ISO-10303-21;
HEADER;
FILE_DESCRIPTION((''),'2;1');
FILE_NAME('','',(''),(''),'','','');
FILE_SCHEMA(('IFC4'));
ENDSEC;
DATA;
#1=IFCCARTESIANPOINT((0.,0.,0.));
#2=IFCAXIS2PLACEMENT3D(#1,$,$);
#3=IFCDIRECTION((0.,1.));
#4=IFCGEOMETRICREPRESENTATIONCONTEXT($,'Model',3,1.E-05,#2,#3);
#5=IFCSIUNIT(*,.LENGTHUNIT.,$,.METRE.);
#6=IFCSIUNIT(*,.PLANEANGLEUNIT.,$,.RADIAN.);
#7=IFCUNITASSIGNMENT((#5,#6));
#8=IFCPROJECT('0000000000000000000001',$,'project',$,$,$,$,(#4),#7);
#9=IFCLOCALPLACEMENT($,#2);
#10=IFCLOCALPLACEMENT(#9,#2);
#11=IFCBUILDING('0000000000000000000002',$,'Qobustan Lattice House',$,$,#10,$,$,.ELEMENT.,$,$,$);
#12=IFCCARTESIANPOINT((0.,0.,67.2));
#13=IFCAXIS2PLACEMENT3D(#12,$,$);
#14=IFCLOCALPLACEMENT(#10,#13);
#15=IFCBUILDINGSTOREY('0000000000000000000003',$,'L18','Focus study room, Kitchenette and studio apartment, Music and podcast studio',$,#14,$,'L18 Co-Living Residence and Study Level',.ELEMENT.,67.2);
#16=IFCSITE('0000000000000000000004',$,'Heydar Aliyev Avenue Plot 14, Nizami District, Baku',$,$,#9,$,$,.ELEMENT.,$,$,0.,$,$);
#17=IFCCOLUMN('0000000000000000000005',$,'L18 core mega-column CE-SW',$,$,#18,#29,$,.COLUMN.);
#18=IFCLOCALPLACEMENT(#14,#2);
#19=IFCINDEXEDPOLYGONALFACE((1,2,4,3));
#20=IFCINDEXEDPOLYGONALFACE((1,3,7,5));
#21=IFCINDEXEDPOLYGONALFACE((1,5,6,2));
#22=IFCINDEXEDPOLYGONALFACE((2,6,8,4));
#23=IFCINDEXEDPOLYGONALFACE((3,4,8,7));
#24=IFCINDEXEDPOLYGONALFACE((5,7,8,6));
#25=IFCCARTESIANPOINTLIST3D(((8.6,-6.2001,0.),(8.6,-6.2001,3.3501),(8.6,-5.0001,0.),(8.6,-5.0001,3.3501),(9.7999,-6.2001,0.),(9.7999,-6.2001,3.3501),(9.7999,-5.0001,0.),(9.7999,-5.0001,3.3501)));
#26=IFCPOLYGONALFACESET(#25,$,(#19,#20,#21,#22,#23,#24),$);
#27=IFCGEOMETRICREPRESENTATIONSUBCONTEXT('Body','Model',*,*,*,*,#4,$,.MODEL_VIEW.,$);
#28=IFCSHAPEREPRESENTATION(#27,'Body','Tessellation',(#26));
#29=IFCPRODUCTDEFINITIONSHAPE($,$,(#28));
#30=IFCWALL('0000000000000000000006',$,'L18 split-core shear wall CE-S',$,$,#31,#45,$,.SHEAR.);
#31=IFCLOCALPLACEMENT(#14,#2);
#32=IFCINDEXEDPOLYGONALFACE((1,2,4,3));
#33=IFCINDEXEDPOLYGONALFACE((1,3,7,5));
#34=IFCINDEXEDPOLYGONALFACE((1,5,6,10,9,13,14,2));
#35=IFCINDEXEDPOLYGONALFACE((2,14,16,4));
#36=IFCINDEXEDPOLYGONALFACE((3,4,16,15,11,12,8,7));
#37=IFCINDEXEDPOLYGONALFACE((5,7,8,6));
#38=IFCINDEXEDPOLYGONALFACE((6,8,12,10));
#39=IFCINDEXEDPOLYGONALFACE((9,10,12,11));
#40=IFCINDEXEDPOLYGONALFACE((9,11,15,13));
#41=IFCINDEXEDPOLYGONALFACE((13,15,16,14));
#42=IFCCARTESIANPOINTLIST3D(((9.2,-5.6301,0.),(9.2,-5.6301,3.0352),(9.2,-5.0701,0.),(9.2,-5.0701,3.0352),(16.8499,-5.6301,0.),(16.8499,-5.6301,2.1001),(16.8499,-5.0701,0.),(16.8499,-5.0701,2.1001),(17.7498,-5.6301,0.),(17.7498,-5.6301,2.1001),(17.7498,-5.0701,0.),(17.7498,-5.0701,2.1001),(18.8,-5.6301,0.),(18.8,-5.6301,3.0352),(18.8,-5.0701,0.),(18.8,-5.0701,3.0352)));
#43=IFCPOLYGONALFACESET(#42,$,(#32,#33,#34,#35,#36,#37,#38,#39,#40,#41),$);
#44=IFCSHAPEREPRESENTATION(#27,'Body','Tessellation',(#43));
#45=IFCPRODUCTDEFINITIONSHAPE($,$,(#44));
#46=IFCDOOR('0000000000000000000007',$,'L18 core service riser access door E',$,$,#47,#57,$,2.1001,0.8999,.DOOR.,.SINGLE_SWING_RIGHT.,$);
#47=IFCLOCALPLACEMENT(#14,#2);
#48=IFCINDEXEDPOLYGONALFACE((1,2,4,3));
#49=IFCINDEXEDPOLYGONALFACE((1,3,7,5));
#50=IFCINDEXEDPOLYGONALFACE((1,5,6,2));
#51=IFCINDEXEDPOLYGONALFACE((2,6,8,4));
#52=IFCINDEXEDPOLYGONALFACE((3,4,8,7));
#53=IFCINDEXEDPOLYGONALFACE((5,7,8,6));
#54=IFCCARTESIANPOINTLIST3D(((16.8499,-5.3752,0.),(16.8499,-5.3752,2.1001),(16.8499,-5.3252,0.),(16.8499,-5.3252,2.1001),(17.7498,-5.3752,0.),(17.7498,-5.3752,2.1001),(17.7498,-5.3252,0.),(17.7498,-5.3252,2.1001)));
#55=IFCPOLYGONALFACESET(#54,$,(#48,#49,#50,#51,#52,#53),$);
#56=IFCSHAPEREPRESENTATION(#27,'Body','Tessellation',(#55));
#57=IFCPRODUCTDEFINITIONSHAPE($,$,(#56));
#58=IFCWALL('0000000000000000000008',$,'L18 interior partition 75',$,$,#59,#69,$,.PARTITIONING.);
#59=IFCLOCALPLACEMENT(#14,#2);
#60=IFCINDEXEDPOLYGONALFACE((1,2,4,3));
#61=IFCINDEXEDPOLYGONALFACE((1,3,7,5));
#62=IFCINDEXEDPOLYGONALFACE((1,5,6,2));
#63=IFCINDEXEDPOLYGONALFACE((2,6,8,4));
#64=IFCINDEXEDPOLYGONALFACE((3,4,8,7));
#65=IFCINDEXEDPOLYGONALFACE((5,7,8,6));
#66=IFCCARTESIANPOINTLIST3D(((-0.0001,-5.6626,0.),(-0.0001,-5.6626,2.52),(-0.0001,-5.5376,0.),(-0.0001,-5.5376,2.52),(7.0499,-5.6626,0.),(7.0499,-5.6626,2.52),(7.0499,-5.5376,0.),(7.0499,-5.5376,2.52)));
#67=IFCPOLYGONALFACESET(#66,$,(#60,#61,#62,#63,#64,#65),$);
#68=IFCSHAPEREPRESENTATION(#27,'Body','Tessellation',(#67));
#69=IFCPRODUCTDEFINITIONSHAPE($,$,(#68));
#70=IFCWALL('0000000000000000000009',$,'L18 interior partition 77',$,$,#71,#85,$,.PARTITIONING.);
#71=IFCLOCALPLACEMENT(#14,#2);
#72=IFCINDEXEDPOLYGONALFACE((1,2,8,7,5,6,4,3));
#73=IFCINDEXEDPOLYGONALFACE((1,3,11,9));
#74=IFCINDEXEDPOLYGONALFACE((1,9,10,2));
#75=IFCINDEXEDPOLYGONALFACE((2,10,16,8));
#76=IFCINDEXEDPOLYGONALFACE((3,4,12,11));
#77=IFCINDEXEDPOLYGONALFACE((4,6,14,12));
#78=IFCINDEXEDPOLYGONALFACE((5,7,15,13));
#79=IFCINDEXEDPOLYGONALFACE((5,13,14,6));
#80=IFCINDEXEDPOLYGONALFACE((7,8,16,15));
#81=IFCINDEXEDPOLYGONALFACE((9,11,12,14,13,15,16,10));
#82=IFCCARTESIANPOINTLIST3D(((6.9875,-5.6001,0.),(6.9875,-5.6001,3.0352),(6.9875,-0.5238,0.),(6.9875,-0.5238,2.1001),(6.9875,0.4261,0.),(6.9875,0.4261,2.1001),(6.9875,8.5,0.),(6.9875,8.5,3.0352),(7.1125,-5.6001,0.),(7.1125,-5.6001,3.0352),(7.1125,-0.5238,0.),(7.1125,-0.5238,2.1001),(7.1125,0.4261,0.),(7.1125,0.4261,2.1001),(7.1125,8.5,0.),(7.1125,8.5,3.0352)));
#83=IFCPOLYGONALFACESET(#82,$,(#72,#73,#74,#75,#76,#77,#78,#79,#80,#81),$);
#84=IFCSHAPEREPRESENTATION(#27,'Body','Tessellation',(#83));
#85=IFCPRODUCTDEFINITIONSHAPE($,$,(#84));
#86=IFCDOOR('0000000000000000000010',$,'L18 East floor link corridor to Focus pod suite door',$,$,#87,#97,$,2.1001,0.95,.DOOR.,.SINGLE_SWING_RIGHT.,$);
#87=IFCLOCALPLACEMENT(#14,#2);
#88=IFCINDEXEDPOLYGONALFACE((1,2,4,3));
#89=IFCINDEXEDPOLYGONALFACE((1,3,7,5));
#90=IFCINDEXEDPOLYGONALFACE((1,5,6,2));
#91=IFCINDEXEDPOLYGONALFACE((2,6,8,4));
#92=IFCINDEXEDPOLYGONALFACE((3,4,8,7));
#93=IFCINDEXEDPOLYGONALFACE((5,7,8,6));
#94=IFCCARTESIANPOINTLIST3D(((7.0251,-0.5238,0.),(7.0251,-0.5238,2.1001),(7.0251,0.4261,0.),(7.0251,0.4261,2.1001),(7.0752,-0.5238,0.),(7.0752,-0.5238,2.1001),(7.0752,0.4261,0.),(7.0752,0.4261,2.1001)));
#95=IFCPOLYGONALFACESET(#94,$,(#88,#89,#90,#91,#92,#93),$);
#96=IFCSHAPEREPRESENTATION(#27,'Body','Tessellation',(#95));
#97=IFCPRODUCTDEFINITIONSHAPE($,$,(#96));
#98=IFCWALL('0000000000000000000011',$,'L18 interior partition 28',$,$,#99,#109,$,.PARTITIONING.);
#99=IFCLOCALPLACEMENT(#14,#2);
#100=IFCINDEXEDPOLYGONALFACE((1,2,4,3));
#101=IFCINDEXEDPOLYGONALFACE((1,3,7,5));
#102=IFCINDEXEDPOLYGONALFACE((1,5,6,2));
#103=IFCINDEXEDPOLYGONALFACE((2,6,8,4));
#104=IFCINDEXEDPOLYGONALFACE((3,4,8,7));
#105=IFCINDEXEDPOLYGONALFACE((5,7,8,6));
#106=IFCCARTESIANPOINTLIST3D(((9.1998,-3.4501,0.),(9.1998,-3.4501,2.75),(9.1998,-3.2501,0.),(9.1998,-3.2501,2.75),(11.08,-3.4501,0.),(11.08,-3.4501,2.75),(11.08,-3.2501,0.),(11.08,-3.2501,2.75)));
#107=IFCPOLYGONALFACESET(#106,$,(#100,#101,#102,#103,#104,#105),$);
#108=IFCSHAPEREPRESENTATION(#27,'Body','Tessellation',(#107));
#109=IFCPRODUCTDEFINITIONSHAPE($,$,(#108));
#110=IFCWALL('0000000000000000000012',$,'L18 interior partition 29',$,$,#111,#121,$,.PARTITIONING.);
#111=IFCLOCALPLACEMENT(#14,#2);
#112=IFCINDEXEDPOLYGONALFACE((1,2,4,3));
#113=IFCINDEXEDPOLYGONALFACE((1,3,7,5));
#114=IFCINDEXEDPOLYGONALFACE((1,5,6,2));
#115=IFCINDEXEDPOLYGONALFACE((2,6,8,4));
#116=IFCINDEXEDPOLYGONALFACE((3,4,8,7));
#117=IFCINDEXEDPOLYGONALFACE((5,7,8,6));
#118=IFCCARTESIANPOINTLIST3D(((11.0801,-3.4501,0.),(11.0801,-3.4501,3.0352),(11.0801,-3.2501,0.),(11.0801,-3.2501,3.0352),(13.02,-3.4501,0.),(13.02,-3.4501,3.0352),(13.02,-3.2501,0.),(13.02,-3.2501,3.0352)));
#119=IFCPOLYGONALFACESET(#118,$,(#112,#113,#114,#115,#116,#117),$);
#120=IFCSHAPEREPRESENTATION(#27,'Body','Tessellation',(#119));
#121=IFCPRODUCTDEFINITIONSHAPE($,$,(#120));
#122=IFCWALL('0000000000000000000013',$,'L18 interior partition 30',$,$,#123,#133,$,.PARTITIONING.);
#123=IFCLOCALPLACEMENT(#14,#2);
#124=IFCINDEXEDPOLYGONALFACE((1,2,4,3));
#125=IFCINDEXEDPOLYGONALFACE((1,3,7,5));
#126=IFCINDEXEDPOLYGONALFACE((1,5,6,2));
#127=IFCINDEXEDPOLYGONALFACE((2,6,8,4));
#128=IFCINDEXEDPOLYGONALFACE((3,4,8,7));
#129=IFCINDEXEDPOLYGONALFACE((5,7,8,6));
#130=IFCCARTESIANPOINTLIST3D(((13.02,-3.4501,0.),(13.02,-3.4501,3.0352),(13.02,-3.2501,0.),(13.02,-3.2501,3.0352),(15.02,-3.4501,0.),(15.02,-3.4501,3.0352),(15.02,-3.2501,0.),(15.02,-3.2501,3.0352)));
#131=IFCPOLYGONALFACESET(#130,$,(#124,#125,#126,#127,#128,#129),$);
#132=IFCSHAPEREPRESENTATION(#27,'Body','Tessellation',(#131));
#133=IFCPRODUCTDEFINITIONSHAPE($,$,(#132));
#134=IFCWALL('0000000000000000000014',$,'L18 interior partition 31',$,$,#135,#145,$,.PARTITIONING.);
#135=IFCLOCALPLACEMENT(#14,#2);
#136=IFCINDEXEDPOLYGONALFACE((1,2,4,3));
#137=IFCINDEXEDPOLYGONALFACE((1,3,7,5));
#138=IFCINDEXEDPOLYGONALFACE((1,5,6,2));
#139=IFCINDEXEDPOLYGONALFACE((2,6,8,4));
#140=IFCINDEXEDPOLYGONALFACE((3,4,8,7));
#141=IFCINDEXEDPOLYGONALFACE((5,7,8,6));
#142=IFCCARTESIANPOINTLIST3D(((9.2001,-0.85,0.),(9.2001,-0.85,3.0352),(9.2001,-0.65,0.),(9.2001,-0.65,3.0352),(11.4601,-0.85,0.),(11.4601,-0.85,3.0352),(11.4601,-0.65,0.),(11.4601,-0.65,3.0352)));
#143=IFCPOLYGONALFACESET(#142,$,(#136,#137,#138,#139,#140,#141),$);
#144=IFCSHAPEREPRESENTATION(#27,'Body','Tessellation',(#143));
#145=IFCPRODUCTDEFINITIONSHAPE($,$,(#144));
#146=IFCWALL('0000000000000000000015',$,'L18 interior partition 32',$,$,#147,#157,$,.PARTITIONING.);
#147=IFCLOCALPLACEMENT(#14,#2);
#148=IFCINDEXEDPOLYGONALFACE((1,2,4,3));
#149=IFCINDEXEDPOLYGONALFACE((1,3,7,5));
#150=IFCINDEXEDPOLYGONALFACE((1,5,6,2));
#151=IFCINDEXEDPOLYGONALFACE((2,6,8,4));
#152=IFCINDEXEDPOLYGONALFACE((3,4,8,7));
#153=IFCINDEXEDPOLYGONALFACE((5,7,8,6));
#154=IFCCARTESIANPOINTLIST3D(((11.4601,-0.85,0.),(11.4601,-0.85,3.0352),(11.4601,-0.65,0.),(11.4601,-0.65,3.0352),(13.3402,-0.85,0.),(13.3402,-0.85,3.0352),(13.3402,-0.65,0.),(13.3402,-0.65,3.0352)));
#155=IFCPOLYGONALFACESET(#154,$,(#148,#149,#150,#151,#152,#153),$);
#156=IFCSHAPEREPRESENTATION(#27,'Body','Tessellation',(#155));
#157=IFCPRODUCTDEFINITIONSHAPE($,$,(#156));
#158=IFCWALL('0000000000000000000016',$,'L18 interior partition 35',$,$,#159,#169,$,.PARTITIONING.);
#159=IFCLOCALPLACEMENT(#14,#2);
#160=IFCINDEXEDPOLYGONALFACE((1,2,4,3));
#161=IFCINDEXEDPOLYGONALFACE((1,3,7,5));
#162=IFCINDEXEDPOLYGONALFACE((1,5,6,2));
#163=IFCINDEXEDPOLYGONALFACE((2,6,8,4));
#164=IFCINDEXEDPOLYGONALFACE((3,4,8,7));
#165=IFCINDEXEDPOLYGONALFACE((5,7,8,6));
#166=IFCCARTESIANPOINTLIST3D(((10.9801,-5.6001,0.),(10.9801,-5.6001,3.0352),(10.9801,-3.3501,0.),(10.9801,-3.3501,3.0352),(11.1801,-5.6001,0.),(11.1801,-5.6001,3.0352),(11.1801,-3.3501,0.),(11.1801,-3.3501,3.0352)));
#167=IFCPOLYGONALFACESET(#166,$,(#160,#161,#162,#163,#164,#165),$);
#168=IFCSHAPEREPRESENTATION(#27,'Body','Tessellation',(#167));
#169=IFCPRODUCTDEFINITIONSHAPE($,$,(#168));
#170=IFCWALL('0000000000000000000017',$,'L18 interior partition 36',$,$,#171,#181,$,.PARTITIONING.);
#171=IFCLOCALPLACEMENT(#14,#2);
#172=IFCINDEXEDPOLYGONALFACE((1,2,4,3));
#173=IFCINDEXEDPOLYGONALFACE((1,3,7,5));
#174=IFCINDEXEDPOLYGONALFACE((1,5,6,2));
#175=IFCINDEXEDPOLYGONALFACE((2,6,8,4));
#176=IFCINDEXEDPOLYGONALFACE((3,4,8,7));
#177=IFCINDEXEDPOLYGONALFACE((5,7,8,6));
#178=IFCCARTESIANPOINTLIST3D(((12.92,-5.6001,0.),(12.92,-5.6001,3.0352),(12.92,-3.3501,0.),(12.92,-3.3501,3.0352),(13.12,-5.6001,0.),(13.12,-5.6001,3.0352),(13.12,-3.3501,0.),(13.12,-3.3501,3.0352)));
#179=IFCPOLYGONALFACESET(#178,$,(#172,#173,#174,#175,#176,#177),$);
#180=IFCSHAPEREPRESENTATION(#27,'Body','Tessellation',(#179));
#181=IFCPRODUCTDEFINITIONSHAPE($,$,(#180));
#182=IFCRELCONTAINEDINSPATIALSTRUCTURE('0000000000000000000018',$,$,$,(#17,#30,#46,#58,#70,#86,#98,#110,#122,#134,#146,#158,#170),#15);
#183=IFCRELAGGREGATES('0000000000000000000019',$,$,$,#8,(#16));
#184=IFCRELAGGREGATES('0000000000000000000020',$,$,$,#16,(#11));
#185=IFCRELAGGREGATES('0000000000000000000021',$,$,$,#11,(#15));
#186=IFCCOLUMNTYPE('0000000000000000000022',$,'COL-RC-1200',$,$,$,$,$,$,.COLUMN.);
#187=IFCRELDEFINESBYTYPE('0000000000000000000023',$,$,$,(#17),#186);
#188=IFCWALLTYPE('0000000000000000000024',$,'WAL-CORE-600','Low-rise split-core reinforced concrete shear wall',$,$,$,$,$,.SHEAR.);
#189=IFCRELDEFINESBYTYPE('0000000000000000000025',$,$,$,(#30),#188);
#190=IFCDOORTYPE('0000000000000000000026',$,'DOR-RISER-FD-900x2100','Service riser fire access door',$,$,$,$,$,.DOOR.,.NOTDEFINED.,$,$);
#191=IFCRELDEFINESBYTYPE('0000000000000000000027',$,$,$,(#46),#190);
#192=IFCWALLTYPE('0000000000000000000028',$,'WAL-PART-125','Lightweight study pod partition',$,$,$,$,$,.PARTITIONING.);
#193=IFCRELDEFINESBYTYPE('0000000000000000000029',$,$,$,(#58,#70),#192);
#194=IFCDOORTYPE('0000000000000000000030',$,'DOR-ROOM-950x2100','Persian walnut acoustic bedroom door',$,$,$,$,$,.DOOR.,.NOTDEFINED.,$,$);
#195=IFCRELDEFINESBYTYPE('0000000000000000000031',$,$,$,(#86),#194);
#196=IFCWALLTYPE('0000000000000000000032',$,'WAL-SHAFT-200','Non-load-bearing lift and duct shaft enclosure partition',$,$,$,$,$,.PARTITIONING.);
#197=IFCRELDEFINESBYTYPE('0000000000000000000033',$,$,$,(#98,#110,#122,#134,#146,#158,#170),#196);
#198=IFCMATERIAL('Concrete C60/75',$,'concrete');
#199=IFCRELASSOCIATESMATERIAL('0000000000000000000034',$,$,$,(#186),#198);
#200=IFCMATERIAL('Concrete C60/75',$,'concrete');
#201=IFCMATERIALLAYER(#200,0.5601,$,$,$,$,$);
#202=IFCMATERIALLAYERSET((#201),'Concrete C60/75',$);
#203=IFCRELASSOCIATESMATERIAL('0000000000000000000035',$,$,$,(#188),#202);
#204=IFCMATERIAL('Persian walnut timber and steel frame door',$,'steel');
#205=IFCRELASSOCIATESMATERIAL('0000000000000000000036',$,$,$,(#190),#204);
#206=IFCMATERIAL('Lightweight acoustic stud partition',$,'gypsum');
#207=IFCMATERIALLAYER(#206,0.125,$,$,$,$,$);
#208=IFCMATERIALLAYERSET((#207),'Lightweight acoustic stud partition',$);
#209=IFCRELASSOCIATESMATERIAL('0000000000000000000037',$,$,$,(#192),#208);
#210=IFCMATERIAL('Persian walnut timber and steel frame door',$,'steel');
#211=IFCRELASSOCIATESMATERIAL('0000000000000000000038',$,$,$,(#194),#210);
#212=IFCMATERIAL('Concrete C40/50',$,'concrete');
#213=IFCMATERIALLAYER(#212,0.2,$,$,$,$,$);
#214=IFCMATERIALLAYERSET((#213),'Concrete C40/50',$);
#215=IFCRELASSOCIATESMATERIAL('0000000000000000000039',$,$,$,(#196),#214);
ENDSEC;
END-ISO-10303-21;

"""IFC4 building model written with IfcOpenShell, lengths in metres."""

from ifc_helpers import new_model, si_unit, direction, frame, frame_2d, origin, origin_2d, place, context, subcontext, project, spatial, rectangle, extrude, material, layer, layer_set, material_profile, profile_set, type_object, element, fill, save


model = new_model("IFC4")

# Units and contexts
model_context = context("Model", 3, precision=1e-05, world=origin(), true_north=direction((0.0, 1.0)))
body_context = subcontext(model_context, "Body", "Model", "MODEL_VIEW")
ifc_project = project(units=[si_unit("LENGTHUNIT", "METRE"), si_unit("PLANEANGLEUNIT", "RADIAN")], contexts=[model_context])

# Site, building, storey
site_placement = place(None, origin())
site = spatial("IfcSite", under=ifc_project, at=site_placement, Name="Heydar Aliyev Avenue Plot 14, Nizami District, Baku", CompositionType="ELEMENT", RefElevation=0.0)
building_placement = place(site_placement, origin())
building = spatial("IfcBuilding", under=site, at=building_placement, Name="Qobustan Lattice House", CompositionType="ELEMENT")
storey_placement = place(building_placement, frame((0.0, 0.0, 67.2)))
storey = spatial("IfcBuildingStorey", under=building, at=storey_placement, Name="L18", Description="Focus study room, Kitchenette and studio apartment, Music and podcast studio", LongName="L18 Co-Living Residence and Study Level", CompositionType="ELEMENT", Elevation=67.2)

# Column
ifc_material_1 = material(Name="Concrete C60/75", Category="concrete")
ifc_material_profile = material_profile(ifc_material_1, rectangle(XDim=1.2, YDim=1.2, at=origin_2d()), Name="RC1200x1200")
ifc_profile_set = profile_set([ifc_material_profile], Name="Concrete C60/75")
column_type = type_object("IfcColumnType", Name="COL-RC-1200", PredefinedType="COLUMN", material=ifc_profile_set)
column_placement = place(storey_placement, frame((9.2, -5.6001, 0.0), z_axis=(0.0, 0.0, 1.0), x_axis=(1.0, 0.0, 0.0)))
element("IfcColumn", 1, at=column_placement, inside=storey, type_object=column_type, Name="L18 core mega-column CE-SW", PredefinedType="COLUMN", context=body_context, shape_type="SweptSolid", body=[
    extrude(rectangle(XDim=1.2, YDim=1.2, at=origin_2d()), origin(), (0.0, 0.0, 1.0), 3.3501),
])

# Wall, opening, door
ifc_material_2 = material(Name="Concrete C60/75", Category="concrete")
ifc_layer_1 = layer(ifc_material_2, 0.5601)
ifc_layer_set_1 = layer_set([ifc_layer_1], Name="Concrete C60/75")
wall_type_1 = type_object("IfcWallType", Name="WAL-CORE-600", Description="Low-rise split-core reinforced concrete shear wall", PredefinedType="SHEAR", material=ifc_layer_set_1)
wall_1_placement = place(storey_placement, frame((9.2, -5.3501, 0.0), z_axis=(0.0, 0.0, 1.0), x_axis=(1.0, 0.0, 0.0)))
wall_1 = element("IfcWall", 2, at=wall_1_placement, inside=storey, type_object=wall_type_1, Name="L18 split-core shear wall CE-S", PredefinedType="SHEAR", context=body_context, shape_type="SweptSolid", body=[
    extrude(rectangle(XDim=9.6001, YDim=0.5601, at=frame_2d((4.8, 0.0))), origin(), (0.0, 0.0, 1.0), 3.0352),
])
opening_1_placement = place(wall_1_placement, frame((7.6499, 0.0, 0.0)))
opening_1 = element("IfcOpeningElement", 3, at=opening_1_placement, cuts=wall_1, PredefinedType="OPENING", context=body_context, shape_type="SweptSolid", body=[
    extrude(rectangle(XDim=0.8999, YDim=2.1001, at=frame_2d((0.45, 1.05))), frame((0.0, 0.29, 0.0), z_axis=(0.0, -1.0, 0.0), x_axis=(1.0, 0.0, 0.0)), (0.0, 0.0, 1.0), 0.5801),
])
ifc_material_3 = material(Name="Persian walnut timber and steel frame door", Category="steel")
door_type_1 = type_object("IfcDoorType", Name="DOR-RISER-FD-900x2100", Description="Service riser fire access door", OperationType="NOTDEFINED", PredefinedType="DOOR", material=ifc_material_3)
door_1_placement = place(opening_1_placement, origin())
door_1 = element("IfcDoor", 4, at=door_1_placement, inside=storey, type_object=door_type_1, Name="L18 core service riser access door E", OperationType="SINGLE_SWING_RIGHT", OverallHeight=2.1001, OverallWidth=0.8999, PredefinedType="DOOR", context=body_context, shape_type="SweptSolid", body=[
    extrude(rectangle(XDim=0.8999, YDim=2.1001, at=frame_2d((0.45, 1.05))), frame((0.0, 0.0249, 0.0), z_axis=(0.0, -1.0, 0.0), x_axis=(1.0, 0.0, 0.0)), (0.0, 0.0, 1.0), 0.05),
])
fill(opening_1, door_1)

# Wall
ifc_material_4 = material(Name="Lightweight acoustic stud partition", Category="gypsum")
ifc_layer_2 = layer(ifc_material_4, 0.125)
ifc_layer_set_2 = layer_set([ifc_layer_2], Name="Lightweight acoustic stud partition")
wall_type_2 = type_object("IfcWallType", Name="WAL-PART-125", Description="Lightweight study pod partition", PredefinedType="PARTITIONING", material=ifc_layer_set_2)
wall_2_placement = place(storey_placement, frame((0.0, -5.6001, 0.0), z_axis=(0.0, 0.0, 1.0), x_axis=(1.0, 0.0, 0.0)))
element("IfcWall", 5, at=wall_2_placement, inside=storey, type_object=wall_type_2, Name="L18 interior partition 75", PredefinedType="PARTITIONING", context=body_context, shape_type="SweptSolid", body=[
    extrude(rectangle(XDim=7.05, YDim=0.125, at=frame_2d((3.5249, 0.0))), origin(), (0.0, 0.0, 1.0), 2.52),
])

# Wall, opening, door
wall_3_placement = place(storey_placement, frame((7.05, -5.6001, 0.0), z_axis=(0.0, 0.0, 1.0), x_axis=(0.0, 1.0, 0.0)))
wall_3 = element("IfcWall", 6, at=wall_3_placement, inside=storey, type_object=wall_type_2, Name="L18 interior partition 77", PredefinedType="PARTITIONING", context=body_context, shape_type="SweptSolid", body=[
    extrude(rectangle(XDim=14.1001, YDim=0.125, at=frame_2d((7.05, 0.0))), origin(), (0.0, 0.0, 1.0), 3.0352),
])
opening_2_placement = place(wall_3_placement, frame((5.0762, 0.0, 0.0)))
opening_2 = element("IfcOpeningElement", 7, at=opening_2_placement, cuts=wall_3, PredefinedType="OPENING", context=body_context, shape_type="SweptSolid", body=[
    extrude(rectangle(XDim=0.95, YDim=2.1001, at=frame_2d((0.4751, 1.05))), frame((0.0, 0.0725, 0.0), z_axis=(0.0, -1.0, 0.0), x_axis=(1.0, 0.0, 0.0)), (0.0, 0.0, 1.0), 0.145),
])
ifc_material_5 = material(Name="Persian walnut timber and steel frame door", Category="steel")
door_type_2 = type_object("IfcDoorType", Name="DOR-ROOM-950x2100", Description="Persian walnut acoustic bedroom door", OperationType="NOTDEFINED", PredefinedType="DOOR", material=ifc_material_5)
door_2_placement = place(opening_2_placement, origin())
door_2 = element("IfcDoor", 8, at=door_2_placement, inside=storey, type_object=door_type_2, Name="L18 East floor link corridor to Focus pod suite door", OperationType="SINGLE_SWING_RIGHT", OverallHeight=2.1001, OverallWidth=0.95, PredefinedType="DOOR", context=body_context, shape_type="SweptSolid", body=[
    extrude(rectangle(XDim=0.95, YDim=2.1001, at=frame_2d((0.4751, 1.05))), frame((0.0, 0.0249, 0.0), z_axis=(0.0, -1.0, 0.0), x_axis=(1.0, 0.0, 0.0)), (0.0, 0.0, 1.0), 0.05),
])
fill(opening_2, door_2)

# Walls
ifc_material_6 = material(Name="Concrete C40/50", Category="concrete")
ifc_layer_3 = layer(ifc_material_6, 0.2)
ifc_layer_set_3 = layer_set([ifc_layer_3], Name="Concrete C40/50")
wall_type_3 = type_object("IfcWallType", Name="WAL-SHAFT-200", Description="Non-load-bearing lift and duct shaft enclosure partition", PredefinedType="PARTITIONING", material=ifc_layer_set_3)
wall_4_placement = place(storey_placement, frame((9.2, -3.3501, 0.0), z_axis=(0.0, 0.0, 1.0), x_axis=(1.0, 0.0, 0.0)))
element("IfcWall", 9, at=wall_4_placement, inside=storey, type_object=wall_type_3, Name="L18 interior partition 28", PredefinedType="PARTITIONING", context=body_context, shape_type="SweptSolid", body=[
    extrude(rectangle(XDim=1.8801, YDim=0.2, at=frame_2d((0.9399, 0.0))), origin(), (0.0, 0.0, 1.0), 2.75),
])
wall_5_placement = place(storey_placement, frame((11.0801, -3.3501, 0.0), z_axis=(0.0, 0.0, 1.0), x_axis=(1.0, 0.0, 0.0)))
element("IfcWall", 10, at=wall_5_placement, inside=storey, type_object=wall_type_3, Name="L18 interior partition 29", PredefinedType="PARTITIONING", context=body_context, shape_type="SweptSolid", body=[
    extrude(rectangle(XDim=1.9399, YDim=0.2, at=frame_2d((0.97, 0.0))), origin(), (0.0, 0.0, 1.0), 3.0352),
])
wall_6_placement = place(storey_placement, frame((13.02, -3.3501, 0.0), z_axis=(0.0, 0.0, 1.0), x_axis=(1.0, 0.0, 0.0)))
element("IfcWall", 11, at=wall_6_placement, inside=storey, type_object=wall_type_3, Name="L18 interior partition 30", PredefinedType="PARTITIONING", context=body_context, shape_type="SweptSolid", body=[
    extrude(rectangle(XDim=2.0, YDim=0.2, at=frame_2d((1.0, 0.0))), origin(), (0.0, 0.0, 1.0), 3.0352),
])
wall_7_placement = place(storey_placement, frame((11.46, -0.75, 0.0), z_axis=(0.0, 0.0, 1.0), x_axis=(-1.0, 0.0, 0.0)))
element("IfcWall", 12, at=wall_7_placement, inside=storey, type_object=wall_type_3, Name="L18 interior partition 31", PredefinedType="PARTITIONING", context=body_context, shape_type="SweptSolid", body=[
    extrude(rectangle(XDim=2.26, YDim=0.2, at=frame_2d((1.1299, 0.0))), origin(), (0.0, 0.0, 1.0), 3.0352),
])
wall_8_placement = place(storey_placement, frame((13.3401, -0.75, 0.0), z_axis=(0.0, 0.0, 1.0), x_axis=(-1.0, 0.0, 0.0)))
element("IfcWall", 13, at=wall_8_placement, inside=storey, type_object=wall_type_3, Name="L18 interior partition 32", PredefinedType="PARTITIONING", context=body_context, shape_type="SweptSolid", body=[
    extrude(rectangle(XDim=1.8801, YDim=0.2, at=frame_2d((0.9399, 0.0))), origin(), (0.0, 0.0, 1.0), 3.0352),
])
for number, where, z_axis, x_axis, name in (
    (14, (11.0801, -5.6001, 0.0), (0.0, 0.0, 1.0), (0.0, 1.0, 0.0), "L18 interior partition 35"),
    (15, (13.02, -5.6001, 0.0), (0.0, 0.0, 1.0), (0.0, 1.0, 0.0), "L18 interior partition 36"),
):
    element("IfcWall", number, at=place(storey_placement, frame(where, z_axis=z_axis, x_axis=x_axis)), inside=storey, type_object=wall_type_3, Name=name, PredefinedType="PARTITIONING", context=body_context, shape_type="SweptSolid", body=[
        extrude(rectangle(XDim=2.25, YDim=0.2, at=frame_2d((1.125, 0.0))), origin(), (0.0, 0.0, 1.0), 3.0352),
    ])

save(model, "model.ifc")
